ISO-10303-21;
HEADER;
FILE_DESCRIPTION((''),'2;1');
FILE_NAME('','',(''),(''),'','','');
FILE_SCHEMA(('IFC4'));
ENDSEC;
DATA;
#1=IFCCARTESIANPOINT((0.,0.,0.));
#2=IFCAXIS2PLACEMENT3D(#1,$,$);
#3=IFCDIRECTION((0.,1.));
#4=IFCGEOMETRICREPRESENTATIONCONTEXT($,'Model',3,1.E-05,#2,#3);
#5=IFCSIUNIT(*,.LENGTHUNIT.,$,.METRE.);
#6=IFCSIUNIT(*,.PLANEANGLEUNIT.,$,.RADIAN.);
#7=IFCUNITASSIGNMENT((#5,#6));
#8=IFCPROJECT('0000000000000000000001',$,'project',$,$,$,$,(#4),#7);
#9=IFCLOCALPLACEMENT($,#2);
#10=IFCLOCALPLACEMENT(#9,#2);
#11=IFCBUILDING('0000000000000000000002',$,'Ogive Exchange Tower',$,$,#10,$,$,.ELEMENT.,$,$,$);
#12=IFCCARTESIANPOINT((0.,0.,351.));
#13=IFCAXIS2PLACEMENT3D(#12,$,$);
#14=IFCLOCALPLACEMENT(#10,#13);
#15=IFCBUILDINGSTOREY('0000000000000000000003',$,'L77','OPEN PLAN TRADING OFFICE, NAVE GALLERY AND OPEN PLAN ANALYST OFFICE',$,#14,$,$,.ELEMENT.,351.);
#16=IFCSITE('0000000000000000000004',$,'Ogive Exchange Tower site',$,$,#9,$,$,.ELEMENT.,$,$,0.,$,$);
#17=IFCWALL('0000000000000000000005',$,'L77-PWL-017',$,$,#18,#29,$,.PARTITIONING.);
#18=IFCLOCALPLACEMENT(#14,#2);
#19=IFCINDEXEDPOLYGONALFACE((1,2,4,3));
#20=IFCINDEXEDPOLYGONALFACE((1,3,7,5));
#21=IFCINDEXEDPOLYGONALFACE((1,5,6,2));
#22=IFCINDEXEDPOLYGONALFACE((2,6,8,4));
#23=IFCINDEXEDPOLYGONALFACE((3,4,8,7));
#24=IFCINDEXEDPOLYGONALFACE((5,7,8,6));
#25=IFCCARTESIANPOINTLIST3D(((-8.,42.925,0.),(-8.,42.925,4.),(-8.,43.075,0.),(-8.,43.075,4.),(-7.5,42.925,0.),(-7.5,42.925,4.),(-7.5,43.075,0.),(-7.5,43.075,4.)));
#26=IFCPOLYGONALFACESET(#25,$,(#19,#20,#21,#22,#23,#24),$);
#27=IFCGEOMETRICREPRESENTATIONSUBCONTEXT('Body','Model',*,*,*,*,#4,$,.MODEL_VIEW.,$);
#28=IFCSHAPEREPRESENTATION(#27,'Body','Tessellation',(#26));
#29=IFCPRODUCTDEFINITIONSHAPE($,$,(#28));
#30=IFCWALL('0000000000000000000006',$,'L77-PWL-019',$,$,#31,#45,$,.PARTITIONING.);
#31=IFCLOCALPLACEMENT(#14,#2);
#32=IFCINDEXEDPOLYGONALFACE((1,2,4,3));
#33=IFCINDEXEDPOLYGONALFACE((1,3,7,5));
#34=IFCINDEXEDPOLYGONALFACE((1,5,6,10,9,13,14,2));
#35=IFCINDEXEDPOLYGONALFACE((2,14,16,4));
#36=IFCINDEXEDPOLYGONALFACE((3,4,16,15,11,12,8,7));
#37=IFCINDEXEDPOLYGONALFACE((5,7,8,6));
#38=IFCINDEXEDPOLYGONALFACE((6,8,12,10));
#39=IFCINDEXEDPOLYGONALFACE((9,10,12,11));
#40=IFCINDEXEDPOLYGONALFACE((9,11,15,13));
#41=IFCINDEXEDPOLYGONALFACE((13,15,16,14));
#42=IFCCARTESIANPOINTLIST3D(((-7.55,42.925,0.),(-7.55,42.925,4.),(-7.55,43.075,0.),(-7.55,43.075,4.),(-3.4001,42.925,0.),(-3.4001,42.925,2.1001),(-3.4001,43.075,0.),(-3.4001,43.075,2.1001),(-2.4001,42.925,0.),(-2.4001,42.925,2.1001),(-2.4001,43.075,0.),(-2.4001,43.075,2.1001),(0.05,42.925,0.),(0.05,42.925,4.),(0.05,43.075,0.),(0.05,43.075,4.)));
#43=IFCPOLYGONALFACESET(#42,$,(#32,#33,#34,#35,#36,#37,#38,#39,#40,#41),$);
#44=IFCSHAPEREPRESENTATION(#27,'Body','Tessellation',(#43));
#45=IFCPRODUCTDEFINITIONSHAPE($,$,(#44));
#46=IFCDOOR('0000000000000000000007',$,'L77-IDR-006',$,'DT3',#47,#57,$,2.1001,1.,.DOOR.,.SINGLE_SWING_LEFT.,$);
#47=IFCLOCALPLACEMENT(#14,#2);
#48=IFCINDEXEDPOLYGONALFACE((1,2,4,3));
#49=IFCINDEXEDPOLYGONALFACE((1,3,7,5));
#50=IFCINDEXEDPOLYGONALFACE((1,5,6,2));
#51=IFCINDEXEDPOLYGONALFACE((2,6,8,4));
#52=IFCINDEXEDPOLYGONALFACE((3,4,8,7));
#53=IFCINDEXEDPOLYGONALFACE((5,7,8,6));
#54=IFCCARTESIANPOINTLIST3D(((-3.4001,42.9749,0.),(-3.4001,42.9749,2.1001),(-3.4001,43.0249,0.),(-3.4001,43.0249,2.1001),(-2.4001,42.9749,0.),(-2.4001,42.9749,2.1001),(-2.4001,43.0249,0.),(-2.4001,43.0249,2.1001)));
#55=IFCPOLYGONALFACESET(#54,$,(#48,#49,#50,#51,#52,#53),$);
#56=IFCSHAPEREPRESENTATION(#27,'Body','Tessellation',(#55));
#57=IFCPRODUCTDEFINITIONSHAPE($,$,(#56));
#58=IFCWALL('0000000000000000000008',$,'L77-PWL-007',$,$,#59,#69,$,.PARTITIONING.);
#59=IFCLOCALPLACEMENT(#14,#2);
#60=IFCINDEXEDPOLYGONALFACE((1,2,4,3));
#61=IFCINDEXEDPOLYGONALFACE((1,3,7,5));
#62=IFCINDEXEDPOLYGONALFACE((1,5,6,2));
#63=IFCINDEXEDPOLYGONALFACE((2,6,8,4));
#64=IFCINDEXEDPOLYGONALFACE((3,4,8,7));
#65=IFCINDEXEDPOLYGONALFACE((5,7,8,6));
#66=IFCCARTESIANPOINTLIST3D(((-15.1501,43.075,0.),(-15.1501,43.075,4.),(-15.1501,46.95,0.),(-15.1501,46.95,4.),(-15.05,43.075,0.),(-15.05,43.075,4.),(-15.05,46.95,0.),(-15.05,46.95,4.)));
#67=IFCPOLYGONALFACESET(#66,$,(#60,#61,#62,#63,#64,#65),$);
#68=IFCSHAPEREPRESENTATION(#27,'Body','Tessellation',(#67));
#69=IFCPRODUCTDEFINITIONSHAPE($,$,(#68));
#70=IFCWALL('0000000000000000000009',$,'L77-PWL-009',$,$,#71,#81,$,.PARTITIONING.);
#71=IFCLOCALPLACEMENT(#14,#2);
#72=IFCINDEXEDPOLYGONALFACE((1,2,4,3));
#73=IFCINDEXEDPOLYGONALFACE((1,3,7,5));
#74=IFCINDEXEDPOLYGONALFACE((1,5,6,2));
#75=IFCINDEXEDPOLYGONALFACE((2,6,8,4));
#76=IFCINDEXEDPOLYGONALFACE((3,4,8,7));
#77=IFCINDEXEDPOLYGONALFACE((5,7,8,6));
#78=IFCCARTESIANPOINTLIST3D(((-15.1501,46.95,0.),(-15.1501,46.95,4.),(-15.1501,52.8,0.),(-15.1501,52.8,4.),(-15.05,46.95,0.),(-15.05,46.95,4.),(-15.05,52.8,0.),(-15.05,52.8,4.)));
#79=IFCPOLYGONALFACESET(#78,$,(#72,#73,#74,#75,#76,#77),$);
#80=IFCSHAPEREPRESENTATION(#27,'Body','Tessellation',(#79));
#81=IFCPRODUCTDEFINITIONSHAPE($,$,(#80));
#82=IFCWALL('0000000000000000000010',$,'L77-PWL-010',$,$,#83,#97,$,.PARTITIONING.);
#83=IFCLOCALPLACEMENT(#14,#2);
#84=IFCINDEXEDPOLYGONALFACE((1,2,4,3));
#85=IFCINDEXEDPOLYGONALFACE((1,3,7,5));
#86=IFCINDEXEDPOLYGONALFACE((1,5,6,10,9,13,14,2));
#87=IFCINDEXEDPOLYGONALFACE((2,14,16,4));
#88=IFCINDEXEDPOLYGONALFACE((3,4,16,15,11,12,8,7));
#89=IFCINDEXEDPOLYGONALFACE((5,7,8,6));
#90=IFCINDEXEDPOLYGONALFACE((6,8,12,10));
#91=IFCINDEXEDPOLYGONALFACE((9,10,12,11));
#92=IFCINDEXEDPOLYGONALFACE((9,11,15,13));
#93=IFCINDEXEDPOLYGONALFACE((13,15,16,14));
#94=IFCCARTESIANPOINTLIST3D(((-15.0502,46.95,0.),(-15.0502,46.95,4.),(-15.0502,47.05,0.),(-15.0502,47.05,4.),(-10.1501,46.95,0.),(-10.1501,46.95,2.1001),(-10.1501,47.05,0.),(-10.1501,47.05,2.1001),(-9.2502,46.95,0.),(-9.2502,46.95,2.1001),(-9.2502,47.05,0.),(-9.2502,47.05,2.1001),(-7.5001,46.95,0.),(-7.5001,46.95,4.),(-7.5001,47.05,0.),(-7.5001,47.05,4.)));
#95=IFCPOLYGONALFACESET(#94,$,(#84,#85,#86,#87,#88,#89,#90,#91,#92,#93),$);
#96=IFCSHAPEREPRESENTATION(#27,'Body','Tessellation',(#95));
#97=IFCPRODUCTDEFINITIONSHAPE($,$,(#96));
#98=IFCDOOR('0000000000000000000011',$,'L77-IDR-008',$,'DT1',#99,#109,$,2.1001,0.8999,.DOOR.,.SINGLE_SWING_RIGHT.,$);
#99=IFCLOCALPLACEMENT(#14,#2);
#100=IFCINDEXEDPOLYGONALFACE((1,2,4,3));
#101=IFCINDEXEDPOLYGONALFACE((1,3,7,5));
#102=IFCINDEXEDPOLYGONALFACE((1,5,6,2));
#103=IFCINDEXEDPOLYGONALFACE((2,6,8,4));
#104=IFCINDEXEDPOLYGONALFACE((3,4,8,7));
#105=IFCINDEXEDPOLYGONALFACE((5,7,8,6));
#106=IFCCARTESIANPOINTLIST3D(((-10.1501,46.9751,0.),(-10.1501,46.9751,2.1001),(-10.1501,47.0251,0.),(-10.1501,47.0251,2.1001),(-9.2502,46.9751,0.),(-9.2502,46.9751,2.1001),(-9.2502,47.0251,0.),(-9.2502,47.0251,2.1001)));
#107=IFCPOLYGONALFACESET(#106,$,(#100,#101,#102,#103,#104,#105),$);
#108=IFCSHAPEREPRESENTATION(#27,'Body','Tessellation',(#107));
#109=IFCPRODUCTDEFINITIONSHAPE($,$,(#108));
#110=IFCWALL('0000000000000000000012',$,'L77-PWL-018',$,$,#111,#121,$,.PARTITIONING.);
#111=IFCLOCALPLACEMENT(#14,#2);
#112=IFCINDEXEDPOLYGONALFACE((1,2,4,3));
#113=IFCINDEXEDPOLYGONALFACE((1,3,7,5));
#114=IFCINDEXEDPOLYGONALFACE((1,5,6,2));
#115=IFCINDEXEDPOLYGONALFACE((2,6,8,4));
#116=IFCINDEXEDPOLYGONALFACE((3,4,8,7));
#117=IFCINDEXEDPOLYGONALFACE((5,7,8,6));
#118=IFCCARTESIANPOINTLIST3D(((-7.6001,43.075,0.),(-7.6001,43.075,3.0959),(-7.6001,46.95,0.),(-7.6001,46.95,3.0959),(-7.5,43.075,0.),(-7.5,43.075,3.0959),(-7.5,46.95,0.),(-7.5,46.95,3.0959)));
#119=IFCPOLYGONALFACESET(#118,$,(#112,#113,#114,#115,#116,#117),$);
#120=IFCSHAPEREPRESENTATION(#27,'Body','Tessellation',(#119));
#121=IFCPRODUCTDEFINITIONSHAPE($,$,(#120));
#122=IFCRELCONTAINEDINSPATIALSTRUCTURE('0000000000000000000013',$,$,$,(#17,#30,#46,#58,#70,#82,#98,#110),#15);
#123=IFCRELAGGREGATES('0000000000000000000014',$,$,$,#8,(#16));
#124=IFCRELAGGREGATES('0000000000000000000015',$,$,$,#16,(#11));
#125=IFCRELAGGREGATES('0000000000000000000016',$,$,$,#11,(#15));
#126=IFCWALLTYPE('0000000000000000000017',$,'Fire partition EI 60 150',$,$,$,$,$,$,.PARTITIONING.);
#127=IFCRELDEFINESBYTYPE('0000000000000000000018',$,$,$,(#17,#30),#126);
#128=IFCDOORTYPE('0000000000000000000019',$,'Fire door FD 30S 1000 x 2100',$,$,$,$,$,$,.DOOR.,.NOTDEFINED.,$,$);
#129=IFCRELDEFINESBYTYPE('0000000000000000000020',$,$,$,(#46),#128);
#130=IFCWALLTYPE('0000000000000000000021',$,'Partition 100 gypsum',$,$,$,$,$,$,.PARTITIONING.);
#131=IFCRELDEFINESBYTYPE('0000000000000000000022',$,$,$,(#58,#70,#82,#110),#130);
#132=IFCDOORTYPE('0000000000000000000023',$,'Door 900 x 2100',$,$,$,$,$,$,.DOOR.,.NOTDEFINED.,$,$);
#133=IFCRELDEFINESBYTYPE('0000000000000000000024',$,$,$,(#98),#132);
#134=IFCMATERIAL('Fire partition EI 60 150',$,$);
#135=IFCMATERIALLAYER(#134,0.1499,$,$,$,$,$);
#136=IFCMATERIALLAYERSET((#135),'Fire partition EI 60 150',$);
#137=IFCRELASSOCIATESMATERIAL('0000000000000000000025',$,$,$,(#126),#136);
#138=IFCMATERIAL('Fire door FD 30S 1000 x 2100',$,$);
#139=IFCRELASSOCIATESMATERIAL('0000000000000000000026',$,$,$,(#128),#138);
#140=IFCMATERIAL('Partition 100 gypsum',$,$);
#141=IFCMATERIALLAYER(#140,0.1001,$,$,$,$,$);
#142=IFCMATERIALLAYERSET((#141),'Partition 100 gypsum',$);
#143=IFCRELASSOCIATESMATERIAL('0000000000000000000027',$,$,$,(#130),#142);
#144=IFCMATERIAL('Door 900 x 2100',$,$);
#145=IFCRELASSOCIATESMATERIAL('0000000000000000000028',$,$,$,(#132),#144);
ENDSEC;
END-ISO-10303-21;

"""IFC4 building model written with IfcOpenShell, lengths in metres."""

from ifc_helpers import new_model, si_unit, direction, frame, frame_2d, origin, place, context, subcontext, project, spatial, rectangle, extrude, material, layer, layer_set, type_object, element, fill, save


model = new_model("IFC4")

# Units and contexts
model_context = context("Model", 3, precision=1e-05, world=origin(), true_north=direction((0.0, 1.0)))
body_context = subcontext(model_context, "Body", "Model", "MODEL_VIEW")
ifc_project = project(units=[si_unit("LENGTHUNIT", "METRE"), si_unit("PLANEANGLEUNIT", "RADIAN")], contexts=[model_context])

# Site, building, storey
site_placement = place(None, origin())
site = spatial("IfcSite", under=ifc_project, at=site_placement, Name="Ogive Exchange Tower site", CompositionType="ELEMENT", RefElevation=0.0)
building_placement = place(site_placement, origin())
building = spatial("IfcBuilding", under=site, at=building_placement, Name="Ogive Exchange Tower", CompositionType="ELEMENT")
storey_placement = place(building_placement, frame((0.0, 0.0, 351.0)))
storey = spatial("IfcBuildingStorey", under=building, at=storey_placement, Name="L77", Description="OPEN PLAN TRADING OFFICE, NAVE GALLERY AND OPEN PLAN ANALYST OFFICE", CompositionType="ELEMENT", Elevation=351.0)

# Shared definitions
ifc_material_1 = material(Name="Fire partition EI 60 150")
ifc_layer_1 = layer(ifc_material_1, 0.1499)
ifc_layer_set_1 = layer_set([ifc_layer_1], Name="Fire partition EI 60 150")
wall_type_1 = type_object("IfcWallType", Name="Fire partition EI 60 150", PredefinedType="PARTITIONING", material=ifc_layer_set_1)
ifc_material_2 = material(Name="Fire door FD 30S 1000 x 2100")
door_type_1 = type_object("IfcDoorType", Name="Fire door FD 30S 1000 x 2100", OperationType="NOTDEFINED", PredefinedType="DOOR", material=ifc_material_2)

# Wall
wall_1_placement = place(storey_placement, frame((-8.0, 43.0, 0.0), z_axis=(0.0, 0.0, 1.0), x_axis=(1.0, 0.0, 0.0)))
element("IfcWall", 1, at=wall_1_placement, inside=storey, type_object=wall_type_1, Name="L77-PWL-017", PredefinedType="PARTITIONING", context=body_context, shape_type="SweptSolid", body=[
    extrude(rectangle(XDim=0.5, YDim=0.1499, at=frame_2d((0.25, 0.0))), origin(), (0.0, 0.0, 1.0), 4.0),
])

# Wall, opening, door
wall_2_placement = place(storey_placement, frame((-7.55, 43.0, 0.0), z_axis=(0.0, 0.0, 1.0), x_axis=(1.0, 0.0, 0.0)))
wall_2 = element("IfcWall", 2, at=wall_2_placement, inside=storey, type_object=wall_type_1, Name="L77-PWL-019", PredefinedType="PARTITIONING", context=body_context, shape_type="SweptSolid", body=[
    extrude(rectangle(XDim=7.6001, YDim=0.1499, at=frame_2d((3.8, 0.0))), origin(), (0.0, 0.0, 1.0), 4.0),
])
opening_1_placement = place(wall_2_placement, frame((4.1499, 0.0, 0.0)))
opening_1 = element("IfcOpeningElement", 3, at=opening_1_placement, cuts=wall_2, PredefinedType="OPENING", context=body_context, shape_type="SweptSolid", body=[
    extrude(rectangle(XDim=1.0, YDim=2.1001, at=frame_2d((0.5, 1.05))), frame((0.0, 0.085, 0.0), z_axis=(0.0, -1.0, 0.0), x_axis=(1.0, 0.0, 0.0)), (0.0, 0.0, 1.0), 0.1699),
])
door_1_placement = place(opening_1_placement, origin())
door_1 = element("IfcDoor", 4, at=door_1_placement, inside=storey, type_object=door_type_1, Name="L77-IDR-006", ObjectType="DT3", OperationType="SINGLE_SWING_LEFT", OverallHeight=2.1001, OverallWidth=1.0, PredefinedType="DOOR", context=body_context, shape_type="SweptSolid", body=[
    extrude(rectangle(XDim=1.0, YDim=2.1001, at=frame_2d((0.5, 1.05))), frame((0.0, 0.0249, 0.0), z_axis=(0.0, -1.0, 0.0), x_axis=(1.0, 0.0, 0.0)), (0.0, 0.0, 1.0), 0.05),
])
fill(opening_1, door_1)

# Walls
ifc_material_3 = material(Name="Partition 100 gypsum")
ifc_layer_2 = layer(ifc_material_3, 0.1001)
ifc_layer_set_2 = layer_set([ifc_layer_2], Name="Partition 100 gypsum")
wall_type_2 = type_object("IfcWallType", Name="Partition 100 gypsum", PredefinedType="PARTITIONING", material=ifc_layer_set_2)
wall_3_placement = place(storey_placement, frame((-15.1001, 43.075, 0.0), z_axis=(0.0, 0.0, 1.0), x_axis=(0.0, 1.0, 0.0)))
element("IfcWall", 5, at=wall_3_placement, inside=storey, type_object=wall_type_2, Name="L77-PWL-007", PredefinedType="PARTITIONING", context=body_context, shape_type="SweptSolid", body=[
    extrude(rectangle(XDim=3.875, YDim=0.1001, at=frame_2d((1.9375, 0.0))), origin(), (0.0, 0.0, 1.0), 4.0),
])
wall_4_placement = place(storey_placement, frame((-15.1001, 46.95, 0.0), z_axis=(0.0, 0.0, 1.0), x_axis=(0.0, 1.0, 0.0)))
element("IfcWall", 6, at=wall_4_placement, inside=storey, type_object=wall_type_2, Name="L77-PWL-009", PredefinedType="PARTITIONING", context=body_context, shape_type="SweptSolid", body=[
    extrude(rectangle(XDim=5.8501, YDim=0.1001, at=frame_2d((2.925, 0.0))), origin(), (0.0, 0.0, 1.0), 4.0),
])

# Wall, opening, door
wall_5_placement = place(storey_placement, frame((-15.05, 47.0, 0.0), z_axis=(0.0, 0.0, 1.0), x_axis=(1.0, 0.0, 0.0)))
wall_5 = element("IfcWall", 7, at=wall_5_placement, inside=storey, type_object=wall_type_2, Name="L77-PWL-010", PredefinedType="PARTITIONING", context=body_context, shape_type="SweptSolid", body=[
    extrude(rectangle(XDim=7.55, YDim=0.1001, at=frame_2d((3.7749, 0.0))), origin(), (0.0, 0.0, 1.0), 4.0),
])
opening_2_placement = place(wall_5_placement, frame((4.8999, 0.0, 0.0)))
opening_2 = element("IfcOpeningElement", 8, at=opening_2_placement, cuts=wall_5, PredefinedType="OPENING", context=body_context, shape_type="SweptSolid", body=[
    extrude(rectangle(XDim=0.8999, YDim=2.1001, at=frame_2d((0.45, 1.05))), frame((0.0, 0.0601, 0.0), z_axis=(0.0, -1.0, 0.0), x_axis=(1.0, 0.0, 0.0)), (0.0, 0.0, 1.0), 0.1201),
])
ifc_material_4 = material(Name="Door 900 x 2100")
door_type_2 = type_object("IfcDoorType", Name="Door 900 x 2100", OperationType="NOTDEFINED", PredefinedType="DOOR", material=ifc_material_4)
door_2_placement = place(opening_2_placement, frame((0.8999, 0.0, 0.0), z_axis=(0.0, 0.0, 1.0), x_axis=(-1.0, 0.0, 0.0)))
door_2 = element("IfcDoor", 9, at=door_2_placement, inside=storey, type_object=door_type_2, Name="L77-IDR-008", ObjectType="DT1", OperationType="SINGLE_SWING_RIGHT", OverallHeight=2.1001, OverallWidth=0.8999, PredefinedType="DOOR", context=body_context, shape_type="SweptSolid", body=[
    extrude(rectangle(XDim=0.8999, YDim=2.1001, at=frame_2d((0.45, 1.05))), frame((0.0, 0.0249, 0.0), z_axis=(0.0, -1.0, 0.0), x_axis=(1.0, 0.0, 0.0)), (0.0, 0.0, 1.0), 0.05),
])
fill(opening_2, door_2)

# Wall
wall_6_placement = place(storey_placement, frame((-7.55, 43.075, 0.0), z_axis=(0.0, 0.0, 1.0), x_axis=(0.0, 1.0, 0.0)))
element("IfcWall", 10, at=wall_6_placement, inside=storey, type_object=wall_type_2, Name="L77-PWL-018", PredefinedType="PARTITIONING", context=body_context, shape_type="SweptSolid", body=[
    extrude(rectangle(XDim=3.875, YDim=0.1001, at=frame_2d((1.9375, 0.0))), origin(), (0.0, 0.0, 1.0), 3.0959),
])

save(model, "model.ifc")
